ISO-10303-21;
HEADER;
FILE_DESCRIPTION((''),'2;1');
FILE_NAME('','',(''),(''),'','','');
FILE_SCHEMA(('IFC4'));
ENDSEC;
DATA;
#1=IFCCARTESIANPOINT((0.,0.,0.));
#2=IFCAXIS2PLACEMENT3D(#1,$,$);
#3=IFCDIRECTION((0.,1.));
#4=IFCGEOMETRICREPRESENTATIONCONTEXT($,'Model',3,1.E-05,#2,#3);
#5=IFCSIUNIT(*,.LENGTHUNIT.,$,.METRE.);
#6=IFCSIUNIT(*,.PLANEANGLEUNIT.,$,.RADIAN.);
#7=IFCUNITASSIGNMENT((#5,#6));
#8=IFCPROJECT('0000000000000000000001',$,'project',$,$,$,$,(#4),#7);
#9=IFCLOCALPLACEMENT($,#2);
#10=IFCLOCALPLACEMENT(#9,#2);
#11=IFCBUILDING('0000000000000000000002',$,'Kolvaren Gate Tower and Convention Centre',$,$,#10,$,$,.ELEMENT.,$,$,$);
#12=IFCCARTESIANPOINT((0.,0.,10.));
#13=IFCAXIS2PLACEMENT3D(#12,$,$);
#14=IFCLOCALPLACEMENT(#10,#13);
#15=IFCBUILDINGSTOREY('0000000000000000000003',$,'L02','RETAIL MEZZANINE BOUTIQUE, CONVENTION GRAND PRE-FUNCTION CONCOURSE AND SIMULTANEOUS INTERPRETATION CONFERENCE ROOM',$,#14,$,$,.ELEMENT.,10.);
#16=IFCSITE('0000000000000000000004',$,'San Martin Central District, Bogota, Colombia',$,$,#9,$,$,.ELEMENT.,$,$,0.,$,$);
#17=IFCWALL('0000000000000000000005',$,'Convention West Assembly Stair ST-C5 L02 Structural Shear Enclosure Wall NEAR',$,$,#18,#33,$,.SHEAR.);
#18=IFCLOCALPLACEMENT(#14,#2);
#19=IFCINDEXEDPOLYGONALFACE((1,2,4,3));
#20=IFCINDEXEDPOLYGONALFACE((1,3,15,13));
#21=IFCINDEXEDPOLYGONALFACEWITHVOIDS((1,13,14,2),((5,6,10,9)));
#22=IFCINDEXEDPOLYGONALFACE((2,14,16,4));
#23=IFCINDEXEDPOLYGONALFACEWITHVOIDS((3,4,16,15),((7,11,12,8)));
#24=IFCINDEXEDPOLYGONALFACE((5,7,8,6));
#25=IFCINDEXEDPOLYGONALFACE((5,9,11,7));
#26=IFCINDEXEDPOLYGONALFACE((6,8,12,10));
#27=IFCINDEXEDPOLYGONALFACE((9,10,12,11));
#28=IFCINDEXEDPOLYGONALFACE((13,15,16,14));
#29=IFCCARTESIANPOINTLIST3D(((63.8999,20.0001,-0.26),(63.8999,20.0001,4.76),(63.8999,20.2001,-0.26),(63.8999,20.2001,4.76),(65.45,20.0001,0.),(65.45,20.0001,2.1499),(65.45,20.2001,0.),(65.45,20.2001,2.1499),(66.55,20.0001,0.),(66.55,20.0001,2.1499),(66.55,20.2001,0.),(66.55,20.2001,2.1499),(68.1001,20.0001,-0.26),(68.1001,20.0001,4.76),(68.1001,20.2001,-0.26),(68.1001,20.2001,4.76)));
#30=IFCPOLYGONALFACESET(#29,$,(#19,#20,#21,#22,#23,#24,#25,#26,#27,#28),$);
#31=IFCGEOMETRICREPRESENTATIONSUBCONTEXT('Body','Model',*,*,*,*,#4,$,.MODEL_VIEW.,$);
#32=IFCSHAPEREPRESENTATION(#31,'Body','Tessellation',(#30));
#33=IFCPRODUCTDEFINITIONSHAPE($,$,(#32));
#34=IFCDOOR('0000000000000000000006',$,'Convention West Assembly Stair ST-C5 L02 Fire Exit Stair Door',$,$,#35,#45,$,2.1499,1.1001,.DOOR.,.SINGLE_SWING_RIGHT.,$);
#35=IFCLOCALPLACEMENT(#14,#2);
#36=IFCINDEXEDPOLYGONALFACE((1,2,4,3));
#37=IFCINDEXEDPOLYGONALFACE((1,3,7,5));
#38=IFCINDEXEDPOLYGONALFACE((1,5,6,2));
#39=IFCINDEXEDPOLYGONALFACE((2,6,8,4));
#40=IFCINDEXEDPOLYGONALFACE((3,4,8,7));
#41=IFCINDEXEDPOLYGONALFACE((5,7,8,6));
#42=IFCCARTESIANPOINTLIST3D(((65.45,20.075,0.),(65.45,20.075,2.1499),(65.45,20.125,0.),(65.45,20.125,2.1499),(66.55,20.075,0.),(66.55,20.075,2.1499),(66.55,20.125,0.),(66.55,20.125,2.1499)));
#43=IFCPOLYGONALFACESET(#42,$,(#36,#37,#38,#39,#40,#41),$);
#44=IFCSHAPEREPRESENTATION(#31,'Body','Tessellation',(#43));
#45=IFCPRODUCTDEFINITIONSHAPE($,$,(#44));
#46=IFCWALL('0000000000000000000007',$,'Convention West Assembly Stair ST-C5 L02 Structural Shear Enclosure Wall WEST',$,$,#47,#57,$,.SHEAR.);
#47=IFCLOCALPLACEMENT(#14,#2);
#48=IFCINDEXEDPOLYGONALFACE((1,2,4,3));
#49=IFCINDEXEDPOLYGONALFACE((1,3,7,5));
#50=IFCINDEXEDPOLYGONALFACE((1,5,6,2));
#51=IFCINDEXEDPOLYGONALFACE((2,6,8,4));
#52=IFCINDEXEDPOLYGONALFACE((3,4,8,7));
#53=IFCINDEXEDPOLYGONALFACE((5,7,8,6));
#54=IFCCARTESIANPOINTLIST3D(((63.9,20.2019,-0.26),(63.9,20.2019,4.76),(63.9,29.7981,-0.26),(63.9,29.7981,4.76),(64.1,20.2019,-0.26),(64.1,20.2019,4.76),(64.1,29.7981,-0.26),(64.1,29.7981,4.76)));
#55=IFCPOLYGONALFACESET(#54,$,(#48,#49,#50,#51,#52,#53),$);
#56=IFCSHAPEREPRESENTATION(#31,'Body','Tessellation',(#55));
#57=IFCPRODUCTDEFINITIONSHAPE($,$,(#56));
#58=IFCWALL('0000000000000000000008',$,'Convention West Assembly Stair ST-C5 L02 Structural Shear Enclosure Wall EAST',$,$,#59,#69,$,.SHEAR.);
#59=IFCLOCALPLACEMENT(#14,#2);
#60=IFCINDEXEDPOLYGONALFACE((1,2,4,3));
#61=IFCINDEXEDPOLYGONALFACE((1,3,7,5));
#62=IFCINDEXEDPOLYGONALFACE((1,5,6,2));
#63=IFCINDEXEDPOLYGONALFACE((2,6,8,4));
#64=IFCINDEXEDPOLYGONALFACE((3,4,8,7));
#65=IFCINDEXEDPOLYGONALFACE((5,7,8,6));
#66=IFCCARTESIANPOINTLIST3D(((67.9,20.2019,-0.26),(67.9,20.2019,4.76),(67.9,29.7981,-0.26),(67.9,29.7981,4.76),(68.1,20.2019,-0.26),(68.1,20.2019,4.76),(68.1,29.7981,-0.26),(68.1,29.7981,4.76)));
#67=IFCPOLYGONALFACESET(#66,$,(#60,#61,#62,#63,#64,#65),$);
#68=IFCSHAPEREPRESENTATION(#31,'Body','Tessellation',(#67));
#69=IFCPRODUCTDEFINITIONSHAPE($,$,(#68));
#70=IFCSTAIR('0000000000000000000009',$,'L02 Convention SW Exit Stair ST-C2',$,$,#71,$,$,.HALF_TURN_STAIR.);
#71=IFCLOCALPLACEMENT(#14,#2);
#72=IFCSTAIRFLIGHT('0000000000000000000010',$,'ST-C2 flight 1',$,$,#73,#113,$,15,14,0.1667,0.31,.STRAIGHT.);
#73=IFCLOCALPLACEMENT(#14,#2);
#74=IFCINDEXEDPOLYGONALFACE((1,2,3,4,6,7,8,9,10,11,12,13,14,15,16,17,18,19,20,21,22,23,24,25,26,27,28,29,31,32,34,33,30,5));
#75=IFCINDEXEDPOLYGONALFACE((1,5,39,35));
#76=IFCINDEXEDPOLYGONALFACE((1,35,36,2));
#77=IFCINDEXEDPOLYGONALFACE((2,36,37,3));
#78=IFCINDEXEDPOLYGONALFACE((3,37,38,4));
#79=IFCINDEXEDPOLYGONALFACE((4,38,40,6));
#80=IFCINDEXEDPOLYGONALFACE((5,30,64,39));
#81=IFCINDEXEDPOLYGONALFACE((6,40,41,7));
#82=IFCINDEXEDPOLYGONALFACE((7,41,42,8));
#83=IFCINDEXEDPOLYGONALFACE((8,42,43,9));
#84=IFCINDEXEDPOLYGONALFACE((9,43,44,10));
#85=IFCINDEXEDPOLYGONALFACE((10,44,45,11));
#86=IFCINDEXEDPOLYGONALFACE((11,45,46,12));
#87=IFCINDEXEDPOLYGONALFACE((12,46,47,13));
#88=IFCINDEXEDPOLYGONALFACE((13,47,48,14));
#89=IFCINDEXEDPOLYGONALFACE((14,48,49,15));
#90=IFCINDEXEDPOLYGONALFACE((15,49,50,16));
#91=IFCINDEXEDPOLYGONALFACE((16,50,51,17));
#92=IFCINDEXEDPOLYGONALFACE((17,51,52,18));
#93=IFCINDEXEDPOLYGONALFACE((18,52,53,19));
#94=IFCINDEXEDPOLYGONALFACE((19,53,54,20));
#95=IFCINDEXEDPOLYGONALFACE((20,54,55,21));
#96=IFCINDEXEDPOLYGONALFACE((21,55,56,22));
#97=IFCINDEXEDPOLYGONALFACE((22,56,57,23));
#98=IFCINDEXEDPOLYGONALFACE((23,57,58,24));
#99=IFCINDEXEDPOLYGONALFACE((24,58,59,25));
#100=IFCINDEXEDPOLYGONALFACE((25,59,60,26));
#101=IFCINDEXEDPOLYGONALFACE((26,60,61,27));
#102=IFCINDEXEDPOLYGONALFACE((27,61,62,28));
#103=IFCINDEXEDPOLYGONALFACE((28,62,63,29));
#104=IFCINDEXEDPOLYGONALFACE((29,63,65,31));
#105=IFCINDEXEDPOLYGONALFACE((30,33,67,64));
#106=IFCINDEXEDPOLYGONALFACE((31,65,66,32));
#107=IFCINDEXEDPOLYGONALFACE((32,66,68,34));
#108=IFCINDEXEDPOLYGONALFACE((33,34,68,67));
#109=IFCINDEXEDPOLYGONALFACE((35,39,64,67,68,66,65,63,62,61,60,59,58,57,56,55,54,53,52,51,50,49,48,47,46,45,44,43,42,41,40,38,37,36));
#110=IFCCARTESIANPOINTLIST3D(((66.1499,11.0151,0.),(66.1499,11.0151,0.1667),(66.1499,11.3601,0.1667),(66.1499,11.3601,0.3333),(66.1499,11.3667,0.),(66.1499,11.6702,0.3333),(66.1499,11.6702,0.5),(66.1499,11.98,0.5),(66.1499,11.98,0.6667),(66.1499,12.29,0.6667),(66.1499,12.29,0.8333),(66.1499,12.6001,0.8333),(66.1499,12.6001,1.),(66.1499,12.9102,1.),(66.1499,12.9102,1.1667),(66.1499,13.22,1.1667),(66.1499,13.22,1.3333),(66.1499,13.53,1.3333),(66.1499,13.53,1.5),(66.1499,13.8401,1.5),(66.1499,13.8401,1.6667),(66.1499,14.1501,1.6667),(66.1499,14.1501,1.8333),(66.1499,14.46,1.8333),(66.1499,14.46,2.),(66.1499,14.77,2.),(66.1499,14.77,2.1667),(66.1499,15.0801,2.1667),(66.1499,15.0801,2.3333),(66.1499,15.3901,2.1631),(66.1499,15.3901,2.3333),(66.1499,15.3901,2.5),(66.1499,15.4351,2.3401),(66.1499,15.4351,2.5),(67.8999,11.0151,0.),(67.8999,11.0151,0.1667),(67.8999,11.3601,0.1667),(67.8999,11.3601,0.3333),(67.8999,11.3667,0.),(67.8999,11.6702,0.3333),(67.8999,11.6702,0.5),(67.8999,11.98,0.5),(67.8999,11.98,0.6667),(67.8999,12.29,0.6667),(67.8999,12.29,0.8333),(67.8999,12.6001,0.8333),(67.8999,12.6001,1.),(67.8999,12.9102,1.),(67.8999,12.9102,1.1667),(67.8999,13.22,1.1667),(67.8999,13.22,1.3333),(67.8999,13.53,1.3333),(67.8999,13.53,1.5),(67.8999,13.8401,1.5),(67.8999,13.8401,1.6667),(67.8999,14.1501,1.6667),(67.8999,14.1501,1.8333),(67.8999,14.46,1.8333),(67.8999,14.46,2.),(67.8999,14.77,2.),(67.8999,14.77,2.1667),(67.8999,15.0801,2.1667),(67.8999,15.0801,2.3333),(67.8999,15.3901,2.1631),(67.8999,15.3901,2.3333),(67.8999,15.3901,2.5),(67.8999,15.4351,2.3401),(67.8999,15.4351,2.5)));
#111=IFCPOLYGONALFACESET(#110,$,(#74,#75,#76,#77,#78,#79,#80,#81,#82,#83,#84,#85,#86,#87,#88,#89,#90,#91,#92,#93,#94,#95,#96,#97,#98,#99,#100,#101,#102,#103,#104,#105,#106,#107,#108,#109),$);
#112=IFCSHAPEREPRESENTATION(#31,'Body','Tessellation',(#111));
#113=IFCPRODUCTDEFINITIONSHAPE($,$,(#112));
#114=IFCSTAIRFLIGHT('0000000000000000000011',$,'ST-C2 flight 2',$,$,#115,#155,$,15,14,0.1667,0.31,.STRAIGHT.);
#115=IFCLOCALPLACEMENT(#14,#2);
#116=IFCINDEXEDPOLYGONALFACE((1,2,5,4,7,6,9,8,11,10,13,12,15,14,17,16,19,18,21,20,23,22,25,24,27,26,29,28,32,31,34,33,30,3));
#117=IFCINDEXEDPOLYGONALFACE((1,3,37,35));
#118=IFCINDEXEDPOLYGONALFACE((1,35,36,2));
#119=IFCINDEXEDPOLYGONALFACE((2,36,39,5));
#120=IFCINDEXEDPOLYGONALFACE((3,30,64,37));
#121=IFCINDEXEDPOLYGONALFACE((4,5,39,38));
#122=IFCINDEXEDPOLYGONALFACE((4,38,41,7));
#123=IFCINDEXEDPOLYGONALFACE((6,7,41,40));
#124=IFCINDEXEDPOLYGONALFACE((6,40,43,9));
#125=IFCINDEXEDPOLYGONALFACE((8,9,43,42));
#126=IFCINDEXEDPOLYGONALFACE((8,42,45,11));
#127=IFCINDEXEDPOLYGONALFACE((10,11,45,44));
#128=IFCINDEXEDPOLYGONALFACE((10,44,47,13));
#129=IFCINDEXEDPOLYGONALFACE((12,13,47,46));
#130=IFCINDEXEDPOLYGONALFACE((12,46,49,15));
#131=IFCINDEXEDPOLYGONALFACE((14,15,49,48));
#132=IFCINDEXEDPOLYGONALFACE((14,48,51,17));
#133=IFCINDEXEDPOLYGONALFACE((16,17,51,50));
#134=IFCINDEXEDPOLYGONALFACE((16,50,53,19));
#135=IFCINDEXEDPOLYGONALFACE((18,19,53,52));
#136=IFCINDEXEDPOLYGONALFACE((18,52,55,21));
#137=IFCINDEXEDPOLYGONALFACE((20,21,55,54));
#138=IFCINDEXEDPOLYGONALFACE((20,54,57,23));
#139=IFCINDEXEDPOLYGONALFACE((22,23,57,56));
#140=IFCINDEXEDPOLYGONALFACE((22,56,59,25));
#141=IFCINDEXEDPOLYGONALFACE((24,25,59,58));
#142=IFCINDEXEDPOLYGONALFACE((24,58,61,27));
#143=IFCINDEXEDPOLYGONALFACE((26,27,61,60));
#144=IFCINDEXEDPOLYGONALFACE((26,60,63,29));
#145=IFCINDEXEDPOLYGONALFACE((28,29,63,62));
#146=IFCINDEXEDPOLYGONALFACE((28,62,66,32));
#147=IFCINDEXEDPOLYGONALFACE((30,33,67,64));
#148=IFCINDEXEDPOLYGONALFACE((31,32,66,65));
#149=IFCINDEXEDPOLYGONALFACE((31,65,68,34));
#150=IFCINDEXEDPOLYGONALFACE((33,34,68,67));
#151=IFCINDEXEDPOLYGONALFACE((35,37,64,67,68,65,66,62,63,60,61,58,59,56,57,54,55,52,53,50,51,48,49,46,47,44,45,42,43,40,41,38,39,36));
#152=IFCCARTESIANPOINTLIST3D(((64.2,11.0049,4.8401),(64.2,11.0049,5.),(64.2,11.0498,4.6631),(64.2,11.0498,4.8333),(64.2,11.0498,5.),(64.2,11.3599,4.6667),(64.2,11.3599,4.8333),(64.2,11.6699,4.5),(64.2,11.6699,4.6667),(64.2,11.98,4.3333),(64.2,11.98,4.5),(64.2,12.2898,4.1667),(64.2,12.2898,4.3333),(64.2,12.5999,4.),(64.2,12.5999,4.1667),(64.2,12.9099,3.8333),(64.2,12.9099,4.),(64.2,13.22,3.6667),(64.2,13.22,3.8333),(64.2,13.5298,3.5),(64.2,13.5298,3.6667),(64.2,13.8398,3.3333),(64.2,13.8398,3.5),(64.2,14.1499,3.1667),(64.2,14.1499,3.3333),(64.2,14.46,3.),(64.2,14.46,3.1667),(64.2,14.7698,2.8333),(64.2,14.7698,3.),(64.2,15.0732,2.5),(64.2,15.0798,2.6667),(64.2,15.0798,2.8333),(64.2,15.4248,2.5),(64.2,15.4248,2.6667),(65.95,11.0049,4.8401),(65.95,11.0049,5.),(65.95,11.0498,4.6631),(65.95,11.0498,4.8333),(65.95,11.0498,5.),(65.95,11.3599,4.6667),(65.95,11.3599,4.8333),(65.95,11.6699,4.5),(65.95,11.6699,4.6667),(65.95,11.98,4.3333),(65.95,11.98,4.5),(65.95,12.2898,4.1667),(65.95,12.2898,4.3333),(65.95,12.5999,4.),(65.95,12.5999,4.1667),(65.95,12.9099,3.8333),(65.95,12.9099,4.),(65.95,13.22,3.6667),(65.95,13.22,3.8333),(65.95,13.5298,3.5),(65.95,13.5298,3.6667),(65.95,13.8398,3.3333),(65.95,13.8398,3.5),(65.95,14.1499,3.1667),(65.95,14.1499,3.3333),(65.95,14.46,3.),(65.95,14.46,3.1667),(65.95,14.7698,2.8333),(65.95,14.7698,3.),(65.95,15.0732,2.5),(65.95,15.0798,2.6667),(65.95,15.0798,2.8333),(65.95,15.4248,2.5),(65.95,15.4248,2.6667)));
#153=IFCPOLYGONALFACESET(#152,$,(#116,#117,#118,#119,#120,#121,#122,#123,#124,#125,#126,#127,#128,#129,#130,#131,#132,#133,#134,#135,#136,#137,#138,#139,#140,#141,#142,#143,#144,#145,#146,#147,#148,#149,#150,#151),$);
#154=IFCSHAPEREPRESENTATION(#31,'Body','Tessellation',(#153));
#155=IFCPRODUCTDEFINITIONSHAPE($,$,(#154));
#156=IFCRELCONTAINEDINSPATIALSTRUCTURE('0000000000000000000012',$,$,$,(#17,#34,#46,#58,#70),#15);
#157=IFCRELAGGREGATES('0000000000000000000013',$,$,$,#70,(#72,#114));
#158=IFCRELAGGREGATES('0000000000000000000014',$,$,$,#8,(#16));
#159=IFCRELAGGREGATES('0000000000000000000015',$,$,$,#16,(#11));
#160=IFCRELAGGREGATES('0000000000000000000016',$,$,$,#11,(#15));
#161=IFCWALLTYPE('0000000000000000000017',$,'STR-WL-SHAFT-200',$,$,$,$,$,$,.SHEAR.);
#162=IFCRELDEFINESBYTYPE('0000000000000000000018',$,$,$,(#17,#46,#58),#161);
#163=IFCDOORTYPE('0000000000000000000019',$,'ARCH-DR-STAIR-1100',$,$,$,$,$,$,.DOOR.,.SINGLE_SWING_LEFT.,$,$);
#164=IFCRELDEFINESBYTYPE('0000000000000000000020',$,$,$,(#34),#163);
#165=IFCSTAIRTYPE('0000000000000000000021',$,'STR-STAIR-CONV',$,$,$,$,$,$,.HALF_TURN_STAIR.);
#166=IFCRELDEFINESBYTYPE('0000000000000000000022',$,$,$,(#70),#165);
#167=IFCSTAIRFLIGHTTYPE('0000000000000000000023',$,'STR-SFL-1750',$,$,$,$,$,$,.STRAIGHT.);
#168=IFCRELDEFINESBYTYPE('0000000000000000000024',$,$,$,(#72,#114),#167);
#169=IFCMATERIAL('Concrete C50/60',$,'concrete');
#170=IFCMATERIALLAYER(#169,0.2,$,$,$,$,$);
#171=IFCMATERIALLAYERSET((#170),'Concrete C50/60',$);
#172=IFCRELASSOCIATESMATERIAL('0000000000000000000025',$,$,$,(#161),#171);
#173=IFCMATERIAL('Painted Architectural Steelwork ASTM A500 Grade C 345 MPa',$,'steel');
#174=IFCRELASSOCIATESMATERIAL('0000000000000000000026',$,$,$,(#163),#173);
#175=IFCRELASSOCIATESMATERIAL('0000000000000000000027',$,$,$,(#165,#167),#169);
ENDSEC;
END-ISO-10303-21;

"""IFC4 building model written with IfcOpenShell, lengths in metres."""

from ifc_helpers import new_model, si_unit, direction, frame, frame_2d, origin, place, context, subcontext, project, spatial, polyline, rectangle, outline, extrude, material, layer, layer_set, type_object, element, fill, aggregate, save


model = new_model("IFC4")

# Units and contexts
model_context = context("Model", 3, precision=1e-05, world=origin(), true_north=direction((0.0, 1.0)))
body_context = subcontext(model_context, "Body", "Model", "MODEL_VIEW")
ifc_project = project(units=[si_unit("LENGTHUNIT", "METRE"), si_unit("PLANEANGLEUNIT", "RADIAN")], contexts=[model_context])

# Site, building, storey
site_placement = place(None, origin())
site = spatial("IfcSite", under=ifc_project, at=site_placement, Name="San Martin Central District, Bogota, Colombia", CompositionType="ELEMENT", RefElevation=0.0)
building_placement = place(site_placement, origin())
building = spatial("IfcBuilding", under=site, at=building_placement, Name="Kolvaren Gate Tower and Convention Centre", CompositionType="ELEMENT")
storey_placement = place(building_placement, frame((0.0, 0.0, 10.0)))
storey = spatial("IfcBuildingStorey", under=building, at=storey_placement, Name="L02", Description="RETAIL MEZZANINE BOUTIQUE, CONVENTION GRAND PRE-FUNCTION CONCOURSE AND SIMULTANEOUS INTERPRETATION CONFERENCE ROOM", CompositionType="ELEMENT", Elevation=10.0)

# Shared definitions
ifc_material_1 = material(Name="Painted Architectural Steelwork ASTM A500 Grade C 345 MPa", Category="steel")

# Shared definitions
ifc_material_2 = material(Name="Concrete C50/60", Category="concrete")
ifc_layer_1 = layer(ifc_material_2, 0.2)
ifc_layer_set_1 = layer_set([ifc_layer_1], Name="Concrete C50/60")
wall_type_1 = type_object("IfcWallType", Name="STR-WL-SHAFT-200", PredefinedType="SHEAR", material=ifc_layer_set_1)

# Wall, opening, door
wall_1_placement = place(storey_placement, frame((63.8999, 20.1001, -0.26), z_axis=(0.0, 0.0, 1.0), x_axis=(1.0, 0.0, 0.0)))
wall_1 = element("IfcWall", 1, at=wall_1_placement, inside=storey, type_object=wall_type_1, Name="Convention West Assembly Stair ST-C5 L02 Structural Shear Enclosure Wall NEAR", PredefinedType="SHEAR", context=body_context, shape_type="SweptSolid", body=[
    extrude(rectangle(XDim=4.2002, YDim=0.2, at=frame_2d((2.1001, 0.0))), origin(), (0.0, 0.0, 1.0), 5.02),
])
opening_1_placement = place(wall_1_placement, frame((1.55, 0.0, 0.26)))
opening_1 = element("IfcOpeningElement", 2, at=opening_1_placement, cuts=wall_1, PredefinedType="OPENING", context=body_context, shape_type="SweptSolid", body=[
    extrude(rectangle(XDim=1.1001, YDim=2.1499, at=frame_2d((0.55, 1.075))), frame((0.0, 0.1099, 0.0), z_axis=(0.0, -1.0, 0.0), x_axis=(1.0, 0.0, 0.0)), (0.0, 0.0, 1.0), 0.22),
])
door_type_1 = type_object("IfcDoorType", Name="ARCH-DR-STAIR-1100", OperationType="SINGLE_SWING_LEFT", PredefinedType="DOOR", material=ifc_material_1)
door_1_placement = place(opening_1_placement, origin())
door_1 = element("IfcDoor", 3, at=door_1_placement, inside=storey, type_object=door_type_1, Name="Convention West Assembly Stair ST-C5 L02 Fire Exit Stair Door", OperationType="SINGLE_SWING_RIGHT", OverallHeight=2.1499, OverallWidth=1.1001, PredefinedType="DOOR", context=body_context, shape_type="SweptSolid", body=[
    extrude(rectangle(XDim=1.1001, YDim=2.1499, at=frame_2d((0.55, 1.075))), frame((0.0, 0.0249, 0.0), z_axis=(0.0, -1.0, 0.0), x_axis=(1.0, 0.0, 0.0)), (0.0, 0.0, 1.0), 0.05),
])
fill(opening_1, door_1)

# Walls
for number, where, z_axis, x_axis, name in (
    (4, (64.0, 20.2019, -0.26), (0.0, 0.0, 1.0), (0.0, 1.0, 0.0), "Convention West Assembly Stair ST-C5 L02 Structural Shear Enclosure Wall WEST"),
    (5, (68.0, 20.2019, -0.26), (0.0, 0.0, 1.0), (0.0, 1.0, 0.0), "Convention West Assembly Stair ST-C5 L02 Structural Shear Enclosure Wall EAST"),
):
    element("IfcWall", number, at=place(storey_placement, frame(where, z_axis=z_axis, x_axis=x_axis)), inside=storey, type_object=wall_type_1, Name=name, PredefinedType="SHEAR", context=body_context, shape_type="SweptSolid", body=[
        extrude(rectangle(XDim=9.5962, YDim=0.2, at=frame_2d((4.7981, 0.0))), origin(), (0.0, 0.0, 1.0), 5.02),
    ])

# Stair, stair flights
stair_type = type_object("IfcStairType", Name="STR-STAIR-CONV", PredefinedType="HALF_TURN_STAIR", material=ifc_material_2)
stair_1_placement = place(storey_placement, origin())
stair_1 = element("IfcStair", 6, at=stair_1_placement, inside=storey, type_object=stair_type, Name="L02 Convention SW Exit Stair ST-C2", PredefinedType="HALF_TURN_STAIR")
stair_flight_type = type_object("IfcStairFlightType", Name="STR-SFL-1750", PredefinedType="STRAIGHT", material=ifc_material_2)
stair_flight_1_placement = place(storey_placement, frame((67.0249, 11.05, 0.0), z_axis=(0.0, 0.0, 1.0), x_axis=(0.0, 1.0, 0.0)))
stair_flight_1 = element("IfcStairFlight", 7, at=stair_flight_1_placement, type_object=stair_flight_type, Name="ST-C2 flight 1", NumberOfRisers=15, NumberOfTreads=14, PredefinedType="STRAIGHT", RiserHeight=0.1667, TreadLength=0.31, context=body_context, shape_type="SweptSolid", body=[
    extrude(outline(polyline([(-0.0349, 0.0), (-0.0349, 0.1667), (0.3101, 0.1667), (0.3101, 0.3333), (0.6201, 0.3333), (0.6201, 0.5), (0.9299, 0.5), (0.9299, 0.6667), (1.24, 0.6667), (1.24, 0.8333), (1.55, 0.8333), (1.55, 1.0), (1.8601, 1.0), (1.8601, 1.1667), (2.1699, 1.1667), (2.1699, 1.3333), (2.48, 1.3333), (2.48, 1.5), (2.79, 1.5), (2.79, 1.6667), (3.1001, 1.6667), (3.1001, 1.8333), (3.4099, 1.8333), (3.4099, 2.0), (3.72, 2.0), (3.72, 2.1667), (4.03, 2.1667), (4.03, 2.3333), (4.3401, 2.3333), (4.3401, 2.5), (4.385, 2.5), (4.385, 2.3401), (4.3401, 2.1631), (0.3167, 0.0), (-0.0349, 0.0)])), frame((0.0, 0.875, 0.0), z_axis=(0.0, -1.0, 0.0), x_axis=(1.0, 0.0, 0.0)), (0.0, 0.0, 1.0), 1.75),
])
stair_flight_2_placement = place(storey_placement, frame((65.075, 15.3899, 2.5), z_axis=(0.0, 0.0, 1.0), x_axis=(0.0, -1.0, 0.0)))
stair_flight_2 = element("IfcStairFlight", 8, at=stair_flight_2_placement, type_object=stair_flight_type, Name="ST-C2 flight 2", NumberOfRisers=15, NumberOfTreads=14, PredefinedType="STRAIGHT", RiserHeight=0.1667, TreadLength=0.31, context=body_context, shape_type="SweptSolid", body=[
    extrude(outline(polyline([(-0.0349, 0.0), (-0.0349, 0.1667), (0.3101, 0.1667), (0.3101, 0.3333), (0.6201, 0.3333), (0.6201, 0.5), (0.9299, 0.5), (0.9299, 0.6667), (1.24, 0.6667), (1.24, 0.8333), (1.55, 0.8333), (1.55, 1.0), (1.8601, 1.0), (1.8601, 1.1667), (2.1699, 1.1667), (2.1699, 1.3333), (2.48, 1.3333), (2.48, 1.5), (2.79, 1.5), (2.79, 1.6667), (3.1001, 1.6667), (3.1001, 1.8333), (3.4099, 1.8333), (3.4099, 2.0), (3.72, 2.0), (3.72, 2.1667), (4.03, 2.1667), (4.03, 2.3333), (4.3401, 2.3333), (4.3401, 2.5), (4.385, 2.5), (4.385, 2.3401), (4.3401, 2.1631), (0.3167, 0.0), (-0.0349, 0.0)])), frame((0.0, 0.875, 0.0), z_axis=(0.0, -1.0, 0.0), x_axis=(1.0, 0.0, 0.0)), (0.0, 0.0, 1.0), 1.75),
])
aggregate(stair_1, [stair_flight_1, stair_flight_2])

save(model, "model.ifc")
